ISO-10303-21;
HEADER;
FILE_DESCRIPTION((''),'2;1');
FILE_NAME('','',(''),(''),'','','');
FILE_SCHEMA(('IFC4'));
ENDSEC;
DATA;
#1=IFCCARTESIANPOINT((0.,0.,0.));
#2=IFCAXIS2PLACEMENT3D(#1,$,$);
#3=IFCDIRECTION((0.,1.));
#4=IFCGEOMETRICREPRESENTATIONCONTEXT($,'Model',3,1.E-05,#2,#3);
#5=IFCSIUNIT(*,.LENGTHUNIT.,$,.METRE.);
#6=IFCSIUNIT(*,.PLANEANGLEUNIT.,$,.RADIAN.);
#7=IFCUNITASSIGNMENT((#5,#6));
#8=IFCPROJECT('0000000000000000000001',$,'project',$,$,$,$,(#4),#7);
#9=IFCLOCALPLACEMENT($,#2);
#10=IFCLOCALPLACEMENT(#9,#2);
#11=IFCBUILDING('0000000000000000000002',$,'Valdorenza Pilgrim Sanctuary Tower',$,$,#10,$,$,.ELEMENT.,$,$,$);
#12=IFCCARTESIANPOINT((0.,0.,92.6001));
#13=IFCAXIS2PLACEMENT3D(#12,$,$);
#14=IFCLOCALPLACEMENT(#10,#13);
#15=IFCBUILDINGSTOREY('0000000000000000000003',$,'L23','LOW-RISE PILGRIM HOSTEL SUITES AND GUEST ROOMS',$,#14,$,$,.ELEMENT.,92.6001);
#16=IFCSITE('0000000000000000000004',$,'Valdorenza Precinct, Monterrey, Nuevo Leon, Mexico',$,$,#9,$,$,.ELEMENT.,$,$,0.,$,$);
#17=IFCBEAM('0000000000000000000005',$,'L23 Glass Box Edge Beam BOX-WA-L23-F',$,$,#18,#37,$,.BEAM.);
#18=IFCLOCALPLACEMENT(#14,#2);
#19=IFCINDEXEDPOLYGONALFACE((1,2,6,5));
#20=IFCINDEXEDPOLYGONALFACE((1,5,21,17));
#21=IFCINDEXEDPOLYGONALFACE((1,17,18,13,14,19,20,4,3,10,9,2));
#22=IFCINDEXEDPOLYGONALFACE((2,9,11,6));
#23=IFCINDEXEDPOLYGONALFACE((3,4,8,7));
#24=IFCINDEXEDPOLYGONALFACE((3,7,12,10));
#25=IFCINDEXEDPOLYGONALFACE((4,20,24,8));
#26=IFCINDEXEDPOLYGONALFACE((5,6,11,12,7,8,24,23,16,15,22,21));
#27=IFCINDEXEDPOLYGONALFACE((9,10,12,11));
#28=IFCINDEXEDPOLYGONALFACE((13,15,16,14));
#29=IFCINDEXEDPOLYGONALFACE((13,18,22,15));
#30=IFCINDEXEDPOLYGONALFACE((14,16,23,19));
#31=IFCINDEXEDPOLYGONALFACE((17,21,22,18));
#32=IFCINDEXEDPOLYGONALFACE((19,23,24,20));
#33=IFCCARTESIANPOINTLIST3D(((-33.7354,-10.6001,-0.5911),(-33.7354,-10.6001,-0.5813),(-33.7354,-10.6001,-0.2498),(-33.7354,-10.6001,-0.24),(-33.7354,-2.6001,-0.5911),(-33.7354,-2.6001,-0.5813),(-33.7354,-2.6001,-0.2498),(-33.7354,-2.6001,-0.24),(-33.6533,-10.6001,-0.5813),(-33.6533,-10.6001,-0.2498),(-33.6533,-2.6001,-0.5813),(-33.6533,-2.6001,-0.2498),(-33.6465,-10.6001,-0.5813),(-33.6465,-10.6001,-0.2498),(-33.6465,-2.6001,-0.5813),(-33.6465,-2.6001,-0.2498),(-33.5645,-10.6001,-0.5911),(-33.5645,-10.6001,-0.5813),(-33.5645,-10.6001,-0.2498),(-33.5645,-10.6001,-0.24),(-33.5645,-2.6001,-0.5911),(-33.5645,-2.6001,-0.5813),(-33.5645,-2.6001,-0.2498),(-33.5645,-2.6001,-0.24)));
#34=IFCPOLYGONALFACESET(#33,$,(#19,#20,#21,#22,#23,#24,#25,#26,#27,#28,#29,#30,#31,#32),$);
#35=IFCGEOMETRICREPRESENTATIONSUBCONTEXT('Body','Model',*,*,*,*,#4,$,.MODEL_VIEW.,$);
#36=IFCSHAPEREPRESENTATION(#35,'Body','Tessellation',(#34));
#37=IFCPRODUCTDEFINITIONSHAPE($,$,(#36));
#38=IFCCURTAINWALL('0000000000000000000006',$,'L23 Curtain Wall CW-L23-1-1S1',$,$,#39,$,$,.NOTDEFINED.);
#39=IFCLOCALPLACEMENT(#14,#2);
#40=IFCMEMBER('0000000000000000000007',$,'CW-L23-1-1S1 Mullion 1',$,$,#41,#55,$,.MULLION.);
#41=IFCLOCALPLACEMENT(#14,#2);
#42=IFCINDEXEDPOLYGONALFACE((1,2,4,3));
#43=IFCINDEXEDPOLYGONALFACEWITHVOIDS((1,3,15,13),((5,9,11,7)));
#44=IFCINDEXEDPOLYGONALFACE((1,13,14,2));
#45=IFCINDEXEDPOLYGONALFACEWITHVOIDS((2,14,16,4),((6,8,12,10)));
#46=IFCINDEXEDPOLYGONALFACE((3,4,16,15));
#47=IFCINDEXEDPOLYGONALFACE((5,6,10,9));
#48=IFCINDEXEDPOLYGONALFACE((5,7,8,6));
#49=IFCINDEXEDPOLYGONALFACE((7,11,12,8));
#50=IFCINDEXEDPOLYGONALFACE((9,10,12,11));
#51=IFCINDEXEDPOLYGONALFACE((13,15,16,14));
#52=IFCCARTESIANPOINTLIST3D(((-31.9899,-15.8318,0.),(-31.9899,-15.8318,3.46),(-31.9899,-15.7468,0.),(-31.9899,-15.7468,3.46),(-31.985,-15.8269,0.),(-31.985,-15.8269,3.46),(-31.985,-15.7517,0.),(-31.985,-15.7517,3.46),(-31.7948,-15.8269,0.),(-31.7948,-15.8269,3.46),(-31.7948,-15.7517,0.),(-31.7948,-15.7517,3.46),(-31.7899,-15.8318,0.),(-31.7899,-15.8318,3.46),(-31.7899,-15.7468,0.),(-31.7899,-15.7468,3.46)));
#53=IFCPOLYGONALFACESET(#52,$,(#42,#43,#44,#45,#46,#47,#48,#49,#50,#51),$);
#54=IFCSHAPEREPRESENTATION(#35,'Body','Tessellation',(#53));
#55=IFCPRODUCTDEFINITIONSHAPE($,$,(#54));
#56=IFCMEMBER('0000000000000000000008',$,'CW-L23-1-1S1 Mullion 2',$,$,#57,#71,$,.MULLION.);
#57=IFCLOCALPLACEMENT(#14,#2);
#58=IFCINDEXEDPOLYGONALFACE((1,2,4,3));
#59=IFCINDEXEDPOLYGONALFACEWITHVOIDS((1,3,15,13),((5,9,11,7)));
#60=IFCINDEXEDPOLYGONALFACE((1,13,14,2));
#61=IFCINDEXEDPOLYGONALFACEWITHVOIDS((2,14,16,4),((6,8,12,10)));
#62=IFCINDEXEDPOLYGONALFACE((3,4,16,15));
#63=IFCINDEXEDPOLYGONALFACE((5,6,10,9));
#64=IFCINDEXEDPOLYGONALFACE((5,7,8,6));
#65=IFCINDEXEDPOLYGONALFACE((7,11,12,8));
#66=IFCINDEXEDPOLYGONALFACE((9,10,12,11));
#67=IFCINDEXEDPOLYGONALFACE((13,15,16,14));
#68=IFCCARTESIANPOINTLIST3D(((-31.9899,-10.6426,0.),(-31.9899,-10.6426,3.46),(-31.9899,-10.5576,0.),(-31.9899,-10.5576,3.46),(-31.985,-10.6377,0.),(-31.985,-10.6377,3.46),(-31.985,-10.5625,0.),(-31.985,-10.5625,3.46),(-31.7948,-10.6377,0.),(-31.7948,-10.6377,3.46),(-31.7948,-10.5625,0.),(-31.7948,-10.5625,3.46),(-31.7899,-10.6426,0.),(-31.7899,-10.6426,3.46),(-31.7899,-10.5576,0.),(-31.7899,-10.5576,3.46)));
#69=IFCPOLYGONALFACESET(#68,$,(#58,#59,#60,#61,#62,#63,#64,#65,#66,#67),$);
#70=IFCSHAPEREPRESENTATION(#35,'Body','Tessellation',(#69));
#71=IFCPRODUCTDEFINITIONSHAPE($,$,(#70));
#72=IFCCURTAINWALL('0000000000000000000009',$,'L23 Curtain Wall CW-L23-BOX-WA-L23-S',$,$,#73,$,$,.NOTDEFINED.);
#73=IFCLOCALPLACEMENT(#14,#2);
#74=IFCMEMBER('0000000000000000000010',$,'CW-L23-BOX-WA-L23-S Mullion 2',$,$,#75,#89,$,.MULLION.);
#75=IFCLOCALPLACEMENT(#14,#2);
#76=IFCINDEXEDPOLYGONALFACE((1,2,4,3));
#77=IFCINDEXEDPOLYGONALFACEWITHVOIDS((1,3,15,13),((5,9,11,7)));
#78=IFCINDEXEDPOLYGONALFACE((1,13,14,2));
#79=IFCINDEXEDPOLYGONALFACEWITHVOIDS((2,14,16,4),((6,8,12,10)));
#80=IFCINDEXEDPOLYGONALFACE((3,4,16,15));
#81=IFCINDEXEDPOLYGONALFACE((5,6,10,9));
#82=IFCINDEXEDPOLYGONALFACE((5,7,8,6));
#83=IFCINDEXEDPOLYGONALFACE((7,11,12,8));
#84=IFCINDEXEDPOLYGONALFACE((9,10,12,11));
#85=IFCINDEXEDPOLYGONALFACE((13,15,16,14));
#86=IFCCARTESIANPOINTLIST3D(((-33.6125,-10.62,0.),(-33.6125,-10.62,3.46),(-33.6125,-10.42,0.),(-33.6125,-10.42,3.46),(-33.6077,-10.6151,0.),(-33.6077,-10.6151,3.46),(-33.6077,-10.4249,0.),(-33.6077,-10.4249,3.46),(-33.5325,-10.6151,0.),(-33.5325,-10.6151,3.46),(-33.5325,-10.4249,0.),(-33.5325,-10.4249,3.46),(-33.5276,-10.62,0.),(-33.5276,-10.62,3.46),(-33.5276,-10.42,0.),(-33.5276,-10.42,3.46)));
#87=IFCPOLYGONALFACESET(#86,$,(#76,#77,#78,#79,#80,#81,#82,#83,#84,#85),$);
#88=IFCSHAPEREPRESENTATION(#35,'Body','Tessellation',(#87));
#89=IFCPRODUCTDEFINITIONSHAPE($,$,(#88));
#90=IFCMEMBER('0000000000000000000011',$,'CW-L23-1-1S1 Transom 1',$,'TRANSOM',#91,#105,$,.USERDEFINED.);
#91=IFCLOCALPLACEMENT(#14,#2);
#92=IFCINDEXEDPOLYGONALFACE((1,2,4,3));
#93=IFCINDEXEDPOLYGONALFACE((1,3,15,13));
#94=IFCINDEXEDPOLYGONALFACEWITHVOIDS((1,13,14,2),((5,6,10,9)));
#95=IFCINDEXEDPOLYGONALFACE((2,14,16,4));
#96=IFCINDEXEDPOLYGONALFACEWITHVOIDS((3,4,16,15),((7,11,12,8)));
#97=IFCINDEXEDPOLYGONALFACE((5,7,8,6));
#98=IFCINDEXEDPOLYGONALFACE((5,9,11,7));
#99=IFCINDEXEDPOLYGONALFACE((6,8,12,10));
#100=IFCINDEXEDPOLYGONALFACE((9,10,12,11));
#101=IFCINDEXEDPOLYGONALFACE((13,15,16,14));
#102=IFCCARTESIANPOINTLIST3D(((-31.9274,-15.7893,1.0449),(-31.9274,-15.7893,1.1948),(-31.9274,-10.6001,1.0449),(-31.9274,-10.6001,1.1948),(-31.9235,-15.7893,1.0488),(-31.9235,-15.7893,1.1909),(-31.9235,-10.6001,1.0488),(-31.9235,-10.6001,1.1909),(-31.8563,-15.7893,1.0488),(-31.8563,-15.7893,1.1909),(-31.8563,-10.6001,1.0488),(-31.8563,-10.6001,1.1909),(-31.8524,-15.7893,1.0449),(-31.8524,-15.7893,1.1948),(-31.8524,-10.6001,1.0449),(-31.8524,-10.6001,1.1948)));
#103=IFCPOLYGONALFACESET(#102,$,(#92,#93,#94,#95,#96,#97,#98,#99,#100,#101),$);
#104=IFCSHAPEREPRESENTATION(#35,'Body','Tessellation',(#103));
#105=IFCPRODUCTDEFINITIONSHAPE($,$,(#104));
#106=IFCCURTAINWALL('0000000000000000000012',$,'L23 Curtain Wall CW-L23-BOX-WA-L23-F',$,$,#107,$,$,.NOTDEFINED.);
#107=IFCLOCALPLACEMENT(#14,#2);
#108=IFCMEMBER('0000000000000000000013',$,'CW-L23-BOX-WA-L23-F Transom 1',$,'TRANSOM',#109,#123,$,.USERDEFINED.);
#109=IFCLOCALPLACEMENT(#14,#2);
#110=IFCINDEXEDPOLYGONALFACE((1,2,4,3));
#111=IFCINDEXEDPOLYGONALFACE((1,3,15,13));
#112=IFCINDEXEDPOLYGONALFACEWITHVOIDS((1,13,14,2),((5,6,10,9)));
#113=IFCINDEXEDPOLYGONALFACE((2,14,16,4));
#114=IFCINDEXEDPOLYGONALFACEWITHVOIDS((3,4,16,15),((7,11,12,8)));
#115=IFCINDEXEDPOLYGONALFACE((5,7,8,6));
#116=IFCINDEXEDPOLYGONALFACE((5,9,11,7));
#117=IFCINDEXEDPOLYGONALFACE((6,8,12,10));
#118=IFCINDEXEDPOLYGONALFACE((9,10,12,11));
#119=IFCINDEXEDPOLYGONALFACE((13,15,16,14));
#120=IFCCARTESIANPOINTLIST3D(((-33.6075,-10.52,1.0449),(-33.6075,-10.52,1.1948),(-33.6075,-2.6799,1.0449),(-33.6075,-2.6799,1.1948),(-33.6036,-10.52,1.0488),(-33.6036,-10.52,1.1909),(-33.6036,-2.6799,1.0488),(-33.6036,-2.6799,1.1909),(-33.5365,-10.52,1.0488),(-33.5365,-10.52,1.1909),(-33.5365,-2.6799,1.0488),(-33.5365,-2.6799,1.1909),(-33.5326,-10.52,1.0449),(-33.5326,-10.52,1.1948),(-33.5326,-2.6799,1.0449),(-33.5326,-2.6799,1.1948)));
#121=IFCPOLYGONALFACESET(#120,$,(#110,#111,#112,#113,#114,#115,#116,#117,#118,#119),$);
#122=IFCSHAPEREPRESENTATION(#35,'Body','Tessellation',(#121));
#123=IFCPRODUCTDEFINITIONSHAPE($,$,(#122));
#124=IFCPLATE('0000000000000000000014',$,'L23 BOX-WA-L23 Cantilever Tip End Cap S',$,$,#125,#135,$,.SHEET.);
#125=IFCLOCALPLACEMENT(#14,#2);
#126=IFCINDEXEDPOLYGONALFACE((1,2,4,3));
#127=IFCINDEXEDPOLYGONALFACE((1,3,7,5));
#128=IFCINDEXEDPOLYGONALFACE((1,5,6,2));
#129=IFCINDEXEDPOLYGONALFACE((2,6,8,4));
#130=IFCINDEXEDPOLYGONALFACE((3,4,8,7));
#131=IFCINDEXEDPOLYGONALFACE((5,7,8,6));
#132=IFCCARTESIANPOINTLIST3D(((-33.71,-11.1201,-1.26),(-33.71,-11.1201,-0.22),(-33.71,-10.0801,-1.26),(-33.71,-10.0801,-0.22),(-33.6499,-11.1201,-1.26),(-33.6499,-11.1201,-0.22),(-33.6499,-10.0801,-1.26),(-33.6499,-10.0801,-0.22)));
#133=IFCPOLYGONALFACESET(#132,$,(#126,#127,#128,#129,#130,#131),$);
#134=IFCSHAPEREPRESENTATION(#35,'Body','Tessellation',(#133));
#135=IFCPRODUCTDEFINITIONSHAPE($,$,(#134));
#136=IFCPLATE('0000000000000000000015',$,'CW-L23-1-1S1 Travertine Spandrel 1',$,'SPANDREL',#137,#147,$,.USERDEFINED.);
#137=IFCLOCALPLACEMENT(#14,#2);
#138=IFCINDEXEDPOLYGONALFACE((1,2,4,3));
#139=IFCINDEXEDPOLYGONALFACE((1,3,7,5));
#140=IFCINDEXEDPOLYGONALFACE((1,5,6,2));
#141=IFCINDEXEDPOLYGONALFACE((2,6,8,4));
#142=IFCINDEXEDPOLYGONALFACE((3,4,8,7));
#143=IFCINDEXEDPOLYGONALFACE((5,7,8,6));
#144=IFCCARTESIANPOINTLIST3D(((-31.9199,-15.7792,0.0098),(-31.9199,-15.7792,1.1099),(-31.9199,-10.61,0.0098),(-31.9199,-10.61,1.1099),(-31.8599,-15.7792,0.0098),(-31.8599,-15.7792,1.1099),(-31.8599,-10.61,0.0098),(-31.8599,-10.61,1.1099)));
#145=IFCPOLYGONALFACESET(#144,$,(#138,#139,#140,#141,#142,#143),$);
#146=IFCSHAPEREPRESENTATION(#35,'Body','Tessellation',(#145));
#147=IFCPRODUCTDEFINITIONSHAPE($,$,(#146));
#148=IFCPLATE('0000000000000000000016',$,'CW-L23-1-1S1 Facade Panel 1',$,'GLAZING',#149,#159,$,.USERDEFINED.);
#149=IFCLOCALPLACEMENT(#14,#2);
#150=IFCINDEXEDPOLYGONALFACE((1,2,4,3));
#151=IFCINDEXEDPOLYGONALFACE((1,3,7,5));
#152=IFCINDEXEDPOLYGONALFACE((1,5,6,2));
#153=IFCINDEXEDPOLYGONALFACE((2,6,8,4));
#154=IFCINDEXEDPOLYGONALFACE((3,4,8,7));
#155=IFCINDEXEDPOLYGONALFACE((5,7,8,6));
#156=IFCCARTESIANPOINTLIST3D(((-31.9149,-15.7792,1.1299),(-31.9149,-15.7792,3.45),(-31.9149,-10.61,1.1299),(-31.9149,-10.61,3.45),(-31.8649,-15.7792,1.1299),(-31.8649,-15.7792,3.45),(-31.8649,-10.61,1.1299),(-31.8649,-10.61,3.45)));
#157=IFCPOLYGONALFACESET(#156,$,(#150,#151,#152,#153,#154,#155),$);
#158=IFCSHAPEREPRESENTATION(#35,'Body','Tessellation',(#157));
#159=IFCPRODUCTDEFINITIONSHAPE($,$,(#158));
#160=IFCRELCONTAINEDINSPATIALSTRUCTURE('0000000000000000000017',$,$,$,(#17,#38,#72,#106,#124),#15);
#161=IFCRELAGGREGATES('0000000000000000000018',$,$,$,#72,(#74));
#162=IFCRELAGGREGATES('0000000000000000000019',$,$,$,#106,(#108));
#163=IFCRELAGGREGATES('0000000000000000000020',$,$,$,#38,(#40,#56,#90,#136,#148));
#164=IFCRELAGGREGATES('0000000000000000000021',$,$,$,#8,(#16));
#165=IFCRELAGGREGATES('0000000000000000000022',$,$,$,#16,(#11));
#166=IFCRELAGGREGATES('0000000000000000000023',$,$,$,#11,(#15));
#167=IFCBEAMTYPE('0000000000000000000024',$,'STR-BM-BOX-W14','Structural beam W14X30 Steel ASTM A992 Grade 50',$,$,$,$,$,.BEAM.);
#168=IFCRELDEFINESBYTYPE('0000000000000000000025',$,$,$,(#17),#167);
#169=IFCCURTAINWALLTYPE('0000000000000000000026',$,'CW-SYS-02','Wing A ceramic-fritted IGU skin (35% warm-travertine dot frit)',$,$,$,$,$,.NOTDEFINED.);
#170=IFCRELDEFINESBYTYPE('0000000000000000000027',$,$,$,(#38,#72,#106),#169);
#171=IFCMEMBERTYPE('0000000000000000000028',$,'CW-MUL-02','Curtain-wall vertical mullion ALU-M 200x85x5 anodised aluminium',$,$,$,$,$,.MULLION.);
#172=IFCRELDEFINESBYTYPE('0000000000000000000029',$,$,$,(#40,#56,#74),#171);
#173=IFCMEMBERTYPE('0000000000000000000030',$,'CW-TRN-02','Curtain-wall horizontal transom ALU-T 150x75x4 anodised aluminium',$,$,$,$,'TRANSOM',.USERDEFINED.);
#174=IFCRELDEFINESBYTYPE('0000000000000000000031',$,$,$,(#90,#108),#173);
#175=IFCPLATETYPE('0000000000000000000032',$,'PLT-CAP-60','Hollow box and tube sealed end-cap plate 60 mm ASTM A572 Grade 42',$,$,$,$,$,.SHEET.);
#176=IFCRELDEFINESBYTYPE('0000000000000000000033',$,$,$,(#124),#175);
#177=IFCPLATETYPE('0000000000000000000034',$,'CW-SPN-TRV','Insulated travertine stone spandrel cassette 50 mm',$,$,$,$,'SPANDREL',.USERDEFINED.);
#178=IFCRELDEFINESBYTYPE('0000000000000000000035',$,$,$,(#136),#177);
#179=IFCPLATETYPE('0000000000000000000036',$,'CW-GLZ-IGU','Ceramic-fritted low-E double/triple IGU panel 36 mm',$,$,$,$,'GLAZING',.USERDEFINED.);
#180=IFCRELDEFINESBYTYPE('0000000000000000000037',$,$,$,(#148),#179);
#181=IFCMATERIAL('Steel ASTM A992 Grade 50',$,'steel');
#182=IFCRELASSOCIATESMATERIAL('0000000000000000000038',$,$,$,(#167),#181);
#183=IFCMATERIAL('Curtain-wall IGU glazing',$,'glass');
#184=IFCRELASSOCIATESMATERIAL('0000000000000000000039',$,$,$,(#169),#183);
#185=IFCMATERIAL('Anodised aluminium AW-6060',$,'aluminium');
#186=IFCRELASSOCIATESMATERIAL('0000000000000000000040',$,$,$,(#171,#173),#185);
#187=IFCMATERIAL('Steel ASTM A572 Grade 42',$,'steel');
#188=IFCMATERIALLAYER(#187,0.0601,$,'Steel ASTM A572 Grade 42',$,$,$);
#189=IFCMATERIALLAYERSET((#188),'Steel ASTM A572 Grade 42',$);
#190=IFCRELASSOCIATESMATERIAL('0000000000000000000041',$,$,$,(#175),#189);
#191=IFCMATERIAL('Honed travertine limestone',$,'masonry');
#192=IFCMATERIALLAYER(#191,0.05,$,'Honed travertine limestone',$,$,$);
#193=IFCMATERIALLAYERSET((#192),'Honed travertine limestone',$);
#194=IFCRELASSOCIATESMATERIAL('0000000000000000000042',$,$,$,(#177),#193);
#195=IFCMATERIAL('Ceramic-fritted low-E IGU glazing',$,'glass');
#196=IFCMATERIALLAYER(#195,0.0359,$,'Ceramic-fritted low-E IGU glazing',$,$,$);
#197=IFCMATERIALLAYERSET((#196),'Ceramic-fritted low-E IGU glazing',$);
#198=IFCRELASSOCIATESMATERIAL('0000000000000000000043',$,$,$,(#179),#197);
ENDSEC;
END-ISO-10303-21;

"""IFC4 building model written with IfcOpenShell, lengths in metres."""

from ifc_helpers import new_model, si_unit, direction, frame, origin, origin_2d, place, context, subcontext, project, spatial, rectangle, hollow_rectangle, i_section, extrude, source, transform, mapped, material, layer, layer_set, material_profile, profile_set, type_object, element, aggregate, save


model = new_model("IFC4")

# Units and contexts
model_context = context("Model", 3, precision=1e-05, world=origin(), true_north=direction((0.0, 1.0)))
body_context = subcontext(model_context, "Body", "Model", "MODEL_VIEW")
ifc_project = project(units=[si_unit("LENGTHUNIT", "METRE"), si_unit("PLANEANGLEUNIT", "RADIAN")], contexts=[model_context])

# Site, building, storey
site_placement = place(None, origin())
site = spatial("IfcSite", under=ifc_project, at=site_placement, Name="Valdorenza Precinct, Monterrey, Nuevo Leon, Mexico", CompositionType="ELEMENT", RefElevation=0.0)
building_placement = place(site_placement, origin())
building = spatial("IfcBuilding", under=site, at=building_placement, Name="Valdorenza Pilgrim Sanctuary Tower", CompositionType="ELEMENT")
storey_placement = place(building_placement, frame((0.0, 0.0, 92.6001)))
storey = spatial("IfcBuildingStorey", under=building, at=storey_placement, Name="L23", Description="LOW-RISE PILGRIM HOSTEL SUITES AND GUEST ROOMS", CompositionType="ELEMENT", Elevation=92.6001)

# Beam
ifc_material_1 = material(Name="Steel ASTM A992 Grade 50", Category="steel")
ifc_material_profile_1 = material_profile(ifc_material_1, i_section(OverallWidth=0.1709, OverallDepth=0.3511, WebThickness=0.0068, FlangeThickness=0.0098, at=origin_2d()), Name="W14X30")
ifc_profile_set_1 = profile_set([ifc_material_profile_1], Name="Steel ASTM A992 Grade 50")
beam_type = type_object("IfcBeamType", Name="STR-BM-BOX-W14", Description="Structural beam W14X30 Steel ASTM A992 Grade 50", PredefinedType="BEAM", material=ifc_profile_set_1)
shared_shape_1 = source(origin(), body_context, "Body", "SweptSolid", [
    extrude(i_section(OverallWidth=0.1709, OverallDepth=0.3511, WebThickness=0.0068, FlangeThickness=0.0098, at=origin_2d()), origin(), (0.0, 0.0, 1.0), 8.0),
])
beam_placement = place(storey_placement, frame((-33.6499, -10.6001, -0.4155), z_axis=(0.0, 1.0, 0.0), x_axis=(-1.0, 0.0, 0.0)))
element("IfcBeam", 1, at=beam_placement, inside=storey, type_object=beam_type, Name="L23 Glass Box Edge Beam BOX-WA-L23-F", PredefinedType="BEAM", context=body_context, shape_type="MappedRepresentation", body=[
    mapped(shared_shape_1, transform((0.0, 0.0, 0.0), x_axis=(1.0, 0.0, 0.0), y_axis=(0.0, 1.0, 0.0), z_axis=(0.0, 0.0, 1.0), scale=1.0)),
])

# Curtain wall, members
ifc_material_2 = material(Name="Curtain-wall IGU glazing", Category="glass")
curtain_wall_type = type_object("IfcCurtainWallType", Name="CW-SYS-02", Description="Wing A ceramic-fritted IGU skin (35% warm-travertine dot frit)", PredefinedType="NOTDEFINED", material=ifc_material_2)
curtain_wall_1_placement = place(storey_placement, origin())
curtain_wall_1 = element("IfcCurtainWall", 2, at=curtain_wall_1_placement, inside=storey, type_object=curtain_wall_type, Name="L23 Curtain Wall CW-L23-1-1S1", PredefinedType="NOTDEFINED")
ifc_material_3 = material(Name="Anodised aluminium AW-6060", Category="aluminium")
ifc_material_profile_2 = material_profile(ifc_material_3, hollow_rectangle(XDim=0.085, YDim=0.2, WallThickness=0.0049, at=origin_2d()), Name="ALU-M 200x85x5")
ifc_profile_set_2 = profile_set([ifc_material_profile_2], Name="Anodised aluminium AW-6060")
member_type_1 = type_object("IfcMemberType", Name="CW-MUL-02", Description="Curtain-wall vertical mullion ALU-M 200x85x5 anodised aluminium", PredefinedType="MULLION", material=ifc_profile_set_2)
shared_shape_2 = source(origin(), body_context, "Body", "SweptSolid", [
    extrude(hollow_rectangle(XDim=0.085, YDim=0.2, WallThickness=0.0049, at=origin_2d()), origin(), (0.0, 0.0, 1.0), 3.46),
])
member_1_placement = place(storey_placement, frame((-31.8899, -15.7893, 0.0), z_axis=(0.0, 0.0, 1.0), x_axis=(0.0, 1.0, 0.0)))
member_1 = element("IfcMember", 3, at=member_1_placement, type_object=member_type_1, Name="CW-L23-1-1S1 Mullion 1", PredefinedType="MULLION", context=body_context, shape_type="MappedRepresentation", body=[
    mapped(shared_shape_2, transform((0.0, 0.0, 0.0), x_axis=(1.0, 0.0, 0.0), y_axis=(0.0, 1.0, 0.0), z_axis=(0.0, 0.0, 1.0), scale=1.0)),
])
member_2_placement = place(storey_placement, frame((-31.8899, -10.6001, 0.0), z_axis=(0.0, 0.0, 1.0), x_axis=(0.0, 1.0, 0.0)))
member_2 = element("IfcMember", 4, at=member_2_placement, type_object=member_type_1, Name="CW-L23-1-1S1 Mullion 2", PredefinedType="MULLION", context=body_context, shape_type="MappedRepresentation", body=[
    mapped(shared_shape_2, transform((0.0, 0.0, 0.0), x_axis=(1.0, 0.0, 0.0), y_axis=(0.0, 1.0, 0.0), z_axis=(0.0, 0.0, 1.0), scale=1.0)),
])

# Curtain wall, member
curtain_wall_2_placement = place(storey_placement, origin())
curtain_wall_2 = element("IfcCurtainWall", 5, at=curtain_wall_2_placement, inside=storey, type_object=curtain_wall_type, Name="L23 Curtain Wall CW-L23-BOX-WA-L23-S", PredefinedType="NOTDEFINED")
member_3_placement = place(storey_placement, frame((-33.5701, -10.52, 0.0), z_axis=(0.0, 0.0, 1.0), x_axis=(-1.0, 0.0, 0.0)))
member_3 = element("IfcMember", 6, at=member_3_placement, type_object=member_type_1, Name="CW-L23-BOX-WA-L23-S Mullion 2", PredefinedType="MULLION", context=body_context, shape_type="MappedRepresentation", body=[
    mapped(shared_shape_2, transform((0.0, 0.0, 0.0), x_axis=(1.0, 0.0, 0.0), y_axis=(0.0, 1.0, 0.0), z_axis=(0.0, 0.0, 1.0), scale=1.0)),
])
aggregate(curtain_wall_2, [member_3])

# Member
ifc_material_profile_3 = material_profile(ifc_material_3, hollow_rectangle(XDim=0.075, YDim=0.1499, WallThickness=0.0039, at=origin_2d()), Name="ALU-T 150x75x4")
ifc_profile_set_3 = profile_set([ifc_material_profile_3], Name="Anodised aluminium AW-6060")
member_type_2 = type_object("IfcMemberType", Name="CW-TRN-02", Description="Curtain-wall horizontal transom ALU-T 150x75x4 anodised aluminium", ElementType="TRANSOM", PredefinedType="USERDEFINED", material=ifc_profile_set_3)
shared_shape_3 = source(origin(), body_context, "Body", "SweptSolid", [
    extrude(hollow_rectangle(XDim=0.075, YDim=0.1499, WallThickness=0.0039, at=origin_2d()), origin(), (0.0, 0.0, 1.0), 5.1892),
])
member_4_placement = place(storey_placement, frame((-31.8899, -15.7893, 1.1199), z_axis=(0.0, 1.0, 0.0), x_axis=(-1.0, 0.0, 0.0)))
member_4 = element("IfcMember", 7, at=member_4_placement, type_object=member_type_2, Name="CW-L23-1-1S1 Transom 1", ObjectType="TRANSOM", PredefinedType="USERDEFINED", context=body_context, shape_type="MappedRepresentation", body=[
    mapped(shared_shape_3, transform((0.0, 0.0, 0.0), x_axis=(1.0, 0.0, 0.0), y_axis=(0.0, 1.0, 0.0), z_axis=(0.0, 0.0, 1.0), scale=1.0)),
])

# Curtain wall, member
curtain_wall_3_placement = place(storey_placement, origin())
curtain_wall_3 = element("IfcCurtainWall", 8, at=curtain_wall_3_placement, inside=storey, type_object=curtain_wall_type, Name="L23 Curtain Wall CW-L23-BOX-WA-L23-F", PredefinedType="NOTDEFINED")
shared_shape_4 = source(origin(), body_context, "Body", "SweptSolid", [
    extrude(hollow_rectangle(XDim=0.075, YDim=0.1499, WallThickness=0.0039, at=origin_2d()), origin(), (0.0, 0.0, 1.0), 7.8401),
])
member_5_placement = place(storey_placement, frame((-33.5701, -10.52, 1.1199), z_axis=(0.0, 1.0, 0.0), x_axis=(-1.0, 0.0, 0.0)))
member_5 = element("IfcMember", 9, at=member_5_placement, type_object=member_type_2, Name="CW-L23-BOX-WA-L23-F Transom 1", ObjectType="TRANSOM", PredefinedType="USERDEFINED", context=body_context, shape_type="MappedRepresentation", body=[
    mapped(shared_shape_4, transform((0.0, 0.0, 0.0), x_axis=(1.0, 0.0, 0.0), y_axis=(0.0, 1.0, 0.0), z_axis=(0.0, 0.0, 1.0), scale=1.0)),
])
aggregate(curtain_wall_3, [member_5])

# Plates
ifc_material_4 = material(Name="Steel ASTM A572 Grade 42", Category="steel")
ifc_layer_1 = layer(ifc_material_4, 0.0601, Name="Steel ASTM A572 Grade 42")
ifc_layer_set_1 = layer_set([ifc_layer_1], Name="Steel ASTM A572 Grade 42")
plate_type_1 = type_object("IfcPlateType", Name="PLT-CAP-60", Description="Hollow box and tube sealed end-cap plate 60 mm ASTM A572 Grade 42", PredefinedType="SHEET", material=ifc_layer_set_1)
shared_shape_5 = source(origin(), body_context, "Body", "SweptSolid", [
    extrude(rectangle(XDim=0.0601, YDim=1.04, at=origin_2d()), origin(), (0.0, 0.0, 1.0), 1.04),
])
plate_1_placement = place(storey_placement, frame((-33.6799, -10.6001, -1.26), z_axis=(0.0, 0.0, 1.0), x_axis=(1.0, 0.0, 0.0)))
element("IfcPlate", 10, at=plate_1_placement, inside=storey, type_object=plate_type_1, Name="L23 BOX-WA-L23 Cantilever Tip End Cap S", PredefinedType="SHEET", context=body_context, shape_type="MappedRepresentation", body=[
    mapped(shared_shape_5, transform((0.0, 0.0, 0.0), x_axis=(1.0, 0.0, 0.0), y_axis=(0.0, 1.0, 0.0), z_axis=(0.0, 0.0, 1.0), scale=1.0)),
])
ifc_material_5 = material(Name="Honed travertine limestone", Category="masonry")
ifc_layer_2 = layer(ifc_material_5, 0.05, Name="Honed travertine limestone")
ifc_layer_set_2 = layer_set([ifc_layer_2], Name="Honed travertine limestone")
plate_type_2 = type_object("IfcPlateType", Name="CW-SPN-TRV", Description="Insulated travertine stone spandrel cassette 50 mm", ElementType="SPANDREL", PredefinedType="USERDEFINED", material=ifc_layer_set_2)
shared_shape_6 = source(origin(), body_context, "Body", "SweptSolid", [
    extrude(rectangle(XDim=5.1692, YDim=0.0601, at=origin_2d()), origin(), (0.0, 0.0, 1.0), 1.1001),
])
plate_2_placement = place(storey_placement, frame((-31.8899, -13.1946, 0.0098), z_axis=(0.0, 0.0, 1.0), x_axis=(0.0, 1.0, 0.0)))
plate_2 = element("IfcPlate", 11, at=plate_2_placement, type_object=plate_type_2, Name="CW-L23-1-1S1 Travertine Spandrel 1", ObjectType="SPANDREL", PredefinedType="USERDEFINED", context=body_context, shape_type="MappedRepresentation", body=[
    mapped(shared_shape_6, transform((0.0, 0.0, 0.0), x_axis=(1.0, 0.0, 0.0), y_axis=(0.0, 1.0, 0.0), z_axis=(0.0, 0.0, 1.0), scale=1.0)),
])
ifc_material_6 = material(Name="Ceramic-fritted low-E IGU glazing", Category="glass")
ifc_layer_3 = layer(ifc_material_6, 0.0359, Name="Ceramic-fritted low-E IGU glazing")
ifc_layer_set_3 = layer_set([ifc_layer_3], Name="Ceramic-fritted low-E IGU glazing")
plate_type_3 = type_object("IfcPlateType", Name="CW-GLZ-IGU", Description="Ceramic-fritted low-E double/triple IGU panel 36 mm", ElementType="GLAZING", PredefinedType="USERDEFINED", material=ifc_layer_set_3)
shared_shape_7 = source(origin(), body_context, "Body", "SweptSolid", [
    extrude(rectangle(XDim=5.1692, YDim=0.05, at=origin_2d()), origin(), (0.0, 0.0, 1.0), 2.3201),
])
plate_3_placement = place(storey_placement, frame((-31.8899, -13.1946, 1.1299), z_axis=(0.0, 0.0, 1.0), x_axis=(0.0, 1.0, 0.0)))
plate_3 = element("IfcPlate", 12, at=plate_3_placement, type_object=plate_type_3, Name="CW-L23-1-1S1 Facade Panel 1", ObjectType="GLAZING", PredefinedType="USERDEFINED", context=body_context, shape_type="MappedRepresentation", body=[
    mapped(shared_shape_7, transform((0.0, 0.0, 0.0), x_axis=(1.0, 0.0, 0.0), y_axis=(0.0, 1.0, 0.0), z_axis=(0.0, 0.0, 1.0), scale=1.0)),
])
aggregate(curtain_wall_1, [member_1, member_2, member_4, plate_2, plate_3])

save(model, "model.ifc")
